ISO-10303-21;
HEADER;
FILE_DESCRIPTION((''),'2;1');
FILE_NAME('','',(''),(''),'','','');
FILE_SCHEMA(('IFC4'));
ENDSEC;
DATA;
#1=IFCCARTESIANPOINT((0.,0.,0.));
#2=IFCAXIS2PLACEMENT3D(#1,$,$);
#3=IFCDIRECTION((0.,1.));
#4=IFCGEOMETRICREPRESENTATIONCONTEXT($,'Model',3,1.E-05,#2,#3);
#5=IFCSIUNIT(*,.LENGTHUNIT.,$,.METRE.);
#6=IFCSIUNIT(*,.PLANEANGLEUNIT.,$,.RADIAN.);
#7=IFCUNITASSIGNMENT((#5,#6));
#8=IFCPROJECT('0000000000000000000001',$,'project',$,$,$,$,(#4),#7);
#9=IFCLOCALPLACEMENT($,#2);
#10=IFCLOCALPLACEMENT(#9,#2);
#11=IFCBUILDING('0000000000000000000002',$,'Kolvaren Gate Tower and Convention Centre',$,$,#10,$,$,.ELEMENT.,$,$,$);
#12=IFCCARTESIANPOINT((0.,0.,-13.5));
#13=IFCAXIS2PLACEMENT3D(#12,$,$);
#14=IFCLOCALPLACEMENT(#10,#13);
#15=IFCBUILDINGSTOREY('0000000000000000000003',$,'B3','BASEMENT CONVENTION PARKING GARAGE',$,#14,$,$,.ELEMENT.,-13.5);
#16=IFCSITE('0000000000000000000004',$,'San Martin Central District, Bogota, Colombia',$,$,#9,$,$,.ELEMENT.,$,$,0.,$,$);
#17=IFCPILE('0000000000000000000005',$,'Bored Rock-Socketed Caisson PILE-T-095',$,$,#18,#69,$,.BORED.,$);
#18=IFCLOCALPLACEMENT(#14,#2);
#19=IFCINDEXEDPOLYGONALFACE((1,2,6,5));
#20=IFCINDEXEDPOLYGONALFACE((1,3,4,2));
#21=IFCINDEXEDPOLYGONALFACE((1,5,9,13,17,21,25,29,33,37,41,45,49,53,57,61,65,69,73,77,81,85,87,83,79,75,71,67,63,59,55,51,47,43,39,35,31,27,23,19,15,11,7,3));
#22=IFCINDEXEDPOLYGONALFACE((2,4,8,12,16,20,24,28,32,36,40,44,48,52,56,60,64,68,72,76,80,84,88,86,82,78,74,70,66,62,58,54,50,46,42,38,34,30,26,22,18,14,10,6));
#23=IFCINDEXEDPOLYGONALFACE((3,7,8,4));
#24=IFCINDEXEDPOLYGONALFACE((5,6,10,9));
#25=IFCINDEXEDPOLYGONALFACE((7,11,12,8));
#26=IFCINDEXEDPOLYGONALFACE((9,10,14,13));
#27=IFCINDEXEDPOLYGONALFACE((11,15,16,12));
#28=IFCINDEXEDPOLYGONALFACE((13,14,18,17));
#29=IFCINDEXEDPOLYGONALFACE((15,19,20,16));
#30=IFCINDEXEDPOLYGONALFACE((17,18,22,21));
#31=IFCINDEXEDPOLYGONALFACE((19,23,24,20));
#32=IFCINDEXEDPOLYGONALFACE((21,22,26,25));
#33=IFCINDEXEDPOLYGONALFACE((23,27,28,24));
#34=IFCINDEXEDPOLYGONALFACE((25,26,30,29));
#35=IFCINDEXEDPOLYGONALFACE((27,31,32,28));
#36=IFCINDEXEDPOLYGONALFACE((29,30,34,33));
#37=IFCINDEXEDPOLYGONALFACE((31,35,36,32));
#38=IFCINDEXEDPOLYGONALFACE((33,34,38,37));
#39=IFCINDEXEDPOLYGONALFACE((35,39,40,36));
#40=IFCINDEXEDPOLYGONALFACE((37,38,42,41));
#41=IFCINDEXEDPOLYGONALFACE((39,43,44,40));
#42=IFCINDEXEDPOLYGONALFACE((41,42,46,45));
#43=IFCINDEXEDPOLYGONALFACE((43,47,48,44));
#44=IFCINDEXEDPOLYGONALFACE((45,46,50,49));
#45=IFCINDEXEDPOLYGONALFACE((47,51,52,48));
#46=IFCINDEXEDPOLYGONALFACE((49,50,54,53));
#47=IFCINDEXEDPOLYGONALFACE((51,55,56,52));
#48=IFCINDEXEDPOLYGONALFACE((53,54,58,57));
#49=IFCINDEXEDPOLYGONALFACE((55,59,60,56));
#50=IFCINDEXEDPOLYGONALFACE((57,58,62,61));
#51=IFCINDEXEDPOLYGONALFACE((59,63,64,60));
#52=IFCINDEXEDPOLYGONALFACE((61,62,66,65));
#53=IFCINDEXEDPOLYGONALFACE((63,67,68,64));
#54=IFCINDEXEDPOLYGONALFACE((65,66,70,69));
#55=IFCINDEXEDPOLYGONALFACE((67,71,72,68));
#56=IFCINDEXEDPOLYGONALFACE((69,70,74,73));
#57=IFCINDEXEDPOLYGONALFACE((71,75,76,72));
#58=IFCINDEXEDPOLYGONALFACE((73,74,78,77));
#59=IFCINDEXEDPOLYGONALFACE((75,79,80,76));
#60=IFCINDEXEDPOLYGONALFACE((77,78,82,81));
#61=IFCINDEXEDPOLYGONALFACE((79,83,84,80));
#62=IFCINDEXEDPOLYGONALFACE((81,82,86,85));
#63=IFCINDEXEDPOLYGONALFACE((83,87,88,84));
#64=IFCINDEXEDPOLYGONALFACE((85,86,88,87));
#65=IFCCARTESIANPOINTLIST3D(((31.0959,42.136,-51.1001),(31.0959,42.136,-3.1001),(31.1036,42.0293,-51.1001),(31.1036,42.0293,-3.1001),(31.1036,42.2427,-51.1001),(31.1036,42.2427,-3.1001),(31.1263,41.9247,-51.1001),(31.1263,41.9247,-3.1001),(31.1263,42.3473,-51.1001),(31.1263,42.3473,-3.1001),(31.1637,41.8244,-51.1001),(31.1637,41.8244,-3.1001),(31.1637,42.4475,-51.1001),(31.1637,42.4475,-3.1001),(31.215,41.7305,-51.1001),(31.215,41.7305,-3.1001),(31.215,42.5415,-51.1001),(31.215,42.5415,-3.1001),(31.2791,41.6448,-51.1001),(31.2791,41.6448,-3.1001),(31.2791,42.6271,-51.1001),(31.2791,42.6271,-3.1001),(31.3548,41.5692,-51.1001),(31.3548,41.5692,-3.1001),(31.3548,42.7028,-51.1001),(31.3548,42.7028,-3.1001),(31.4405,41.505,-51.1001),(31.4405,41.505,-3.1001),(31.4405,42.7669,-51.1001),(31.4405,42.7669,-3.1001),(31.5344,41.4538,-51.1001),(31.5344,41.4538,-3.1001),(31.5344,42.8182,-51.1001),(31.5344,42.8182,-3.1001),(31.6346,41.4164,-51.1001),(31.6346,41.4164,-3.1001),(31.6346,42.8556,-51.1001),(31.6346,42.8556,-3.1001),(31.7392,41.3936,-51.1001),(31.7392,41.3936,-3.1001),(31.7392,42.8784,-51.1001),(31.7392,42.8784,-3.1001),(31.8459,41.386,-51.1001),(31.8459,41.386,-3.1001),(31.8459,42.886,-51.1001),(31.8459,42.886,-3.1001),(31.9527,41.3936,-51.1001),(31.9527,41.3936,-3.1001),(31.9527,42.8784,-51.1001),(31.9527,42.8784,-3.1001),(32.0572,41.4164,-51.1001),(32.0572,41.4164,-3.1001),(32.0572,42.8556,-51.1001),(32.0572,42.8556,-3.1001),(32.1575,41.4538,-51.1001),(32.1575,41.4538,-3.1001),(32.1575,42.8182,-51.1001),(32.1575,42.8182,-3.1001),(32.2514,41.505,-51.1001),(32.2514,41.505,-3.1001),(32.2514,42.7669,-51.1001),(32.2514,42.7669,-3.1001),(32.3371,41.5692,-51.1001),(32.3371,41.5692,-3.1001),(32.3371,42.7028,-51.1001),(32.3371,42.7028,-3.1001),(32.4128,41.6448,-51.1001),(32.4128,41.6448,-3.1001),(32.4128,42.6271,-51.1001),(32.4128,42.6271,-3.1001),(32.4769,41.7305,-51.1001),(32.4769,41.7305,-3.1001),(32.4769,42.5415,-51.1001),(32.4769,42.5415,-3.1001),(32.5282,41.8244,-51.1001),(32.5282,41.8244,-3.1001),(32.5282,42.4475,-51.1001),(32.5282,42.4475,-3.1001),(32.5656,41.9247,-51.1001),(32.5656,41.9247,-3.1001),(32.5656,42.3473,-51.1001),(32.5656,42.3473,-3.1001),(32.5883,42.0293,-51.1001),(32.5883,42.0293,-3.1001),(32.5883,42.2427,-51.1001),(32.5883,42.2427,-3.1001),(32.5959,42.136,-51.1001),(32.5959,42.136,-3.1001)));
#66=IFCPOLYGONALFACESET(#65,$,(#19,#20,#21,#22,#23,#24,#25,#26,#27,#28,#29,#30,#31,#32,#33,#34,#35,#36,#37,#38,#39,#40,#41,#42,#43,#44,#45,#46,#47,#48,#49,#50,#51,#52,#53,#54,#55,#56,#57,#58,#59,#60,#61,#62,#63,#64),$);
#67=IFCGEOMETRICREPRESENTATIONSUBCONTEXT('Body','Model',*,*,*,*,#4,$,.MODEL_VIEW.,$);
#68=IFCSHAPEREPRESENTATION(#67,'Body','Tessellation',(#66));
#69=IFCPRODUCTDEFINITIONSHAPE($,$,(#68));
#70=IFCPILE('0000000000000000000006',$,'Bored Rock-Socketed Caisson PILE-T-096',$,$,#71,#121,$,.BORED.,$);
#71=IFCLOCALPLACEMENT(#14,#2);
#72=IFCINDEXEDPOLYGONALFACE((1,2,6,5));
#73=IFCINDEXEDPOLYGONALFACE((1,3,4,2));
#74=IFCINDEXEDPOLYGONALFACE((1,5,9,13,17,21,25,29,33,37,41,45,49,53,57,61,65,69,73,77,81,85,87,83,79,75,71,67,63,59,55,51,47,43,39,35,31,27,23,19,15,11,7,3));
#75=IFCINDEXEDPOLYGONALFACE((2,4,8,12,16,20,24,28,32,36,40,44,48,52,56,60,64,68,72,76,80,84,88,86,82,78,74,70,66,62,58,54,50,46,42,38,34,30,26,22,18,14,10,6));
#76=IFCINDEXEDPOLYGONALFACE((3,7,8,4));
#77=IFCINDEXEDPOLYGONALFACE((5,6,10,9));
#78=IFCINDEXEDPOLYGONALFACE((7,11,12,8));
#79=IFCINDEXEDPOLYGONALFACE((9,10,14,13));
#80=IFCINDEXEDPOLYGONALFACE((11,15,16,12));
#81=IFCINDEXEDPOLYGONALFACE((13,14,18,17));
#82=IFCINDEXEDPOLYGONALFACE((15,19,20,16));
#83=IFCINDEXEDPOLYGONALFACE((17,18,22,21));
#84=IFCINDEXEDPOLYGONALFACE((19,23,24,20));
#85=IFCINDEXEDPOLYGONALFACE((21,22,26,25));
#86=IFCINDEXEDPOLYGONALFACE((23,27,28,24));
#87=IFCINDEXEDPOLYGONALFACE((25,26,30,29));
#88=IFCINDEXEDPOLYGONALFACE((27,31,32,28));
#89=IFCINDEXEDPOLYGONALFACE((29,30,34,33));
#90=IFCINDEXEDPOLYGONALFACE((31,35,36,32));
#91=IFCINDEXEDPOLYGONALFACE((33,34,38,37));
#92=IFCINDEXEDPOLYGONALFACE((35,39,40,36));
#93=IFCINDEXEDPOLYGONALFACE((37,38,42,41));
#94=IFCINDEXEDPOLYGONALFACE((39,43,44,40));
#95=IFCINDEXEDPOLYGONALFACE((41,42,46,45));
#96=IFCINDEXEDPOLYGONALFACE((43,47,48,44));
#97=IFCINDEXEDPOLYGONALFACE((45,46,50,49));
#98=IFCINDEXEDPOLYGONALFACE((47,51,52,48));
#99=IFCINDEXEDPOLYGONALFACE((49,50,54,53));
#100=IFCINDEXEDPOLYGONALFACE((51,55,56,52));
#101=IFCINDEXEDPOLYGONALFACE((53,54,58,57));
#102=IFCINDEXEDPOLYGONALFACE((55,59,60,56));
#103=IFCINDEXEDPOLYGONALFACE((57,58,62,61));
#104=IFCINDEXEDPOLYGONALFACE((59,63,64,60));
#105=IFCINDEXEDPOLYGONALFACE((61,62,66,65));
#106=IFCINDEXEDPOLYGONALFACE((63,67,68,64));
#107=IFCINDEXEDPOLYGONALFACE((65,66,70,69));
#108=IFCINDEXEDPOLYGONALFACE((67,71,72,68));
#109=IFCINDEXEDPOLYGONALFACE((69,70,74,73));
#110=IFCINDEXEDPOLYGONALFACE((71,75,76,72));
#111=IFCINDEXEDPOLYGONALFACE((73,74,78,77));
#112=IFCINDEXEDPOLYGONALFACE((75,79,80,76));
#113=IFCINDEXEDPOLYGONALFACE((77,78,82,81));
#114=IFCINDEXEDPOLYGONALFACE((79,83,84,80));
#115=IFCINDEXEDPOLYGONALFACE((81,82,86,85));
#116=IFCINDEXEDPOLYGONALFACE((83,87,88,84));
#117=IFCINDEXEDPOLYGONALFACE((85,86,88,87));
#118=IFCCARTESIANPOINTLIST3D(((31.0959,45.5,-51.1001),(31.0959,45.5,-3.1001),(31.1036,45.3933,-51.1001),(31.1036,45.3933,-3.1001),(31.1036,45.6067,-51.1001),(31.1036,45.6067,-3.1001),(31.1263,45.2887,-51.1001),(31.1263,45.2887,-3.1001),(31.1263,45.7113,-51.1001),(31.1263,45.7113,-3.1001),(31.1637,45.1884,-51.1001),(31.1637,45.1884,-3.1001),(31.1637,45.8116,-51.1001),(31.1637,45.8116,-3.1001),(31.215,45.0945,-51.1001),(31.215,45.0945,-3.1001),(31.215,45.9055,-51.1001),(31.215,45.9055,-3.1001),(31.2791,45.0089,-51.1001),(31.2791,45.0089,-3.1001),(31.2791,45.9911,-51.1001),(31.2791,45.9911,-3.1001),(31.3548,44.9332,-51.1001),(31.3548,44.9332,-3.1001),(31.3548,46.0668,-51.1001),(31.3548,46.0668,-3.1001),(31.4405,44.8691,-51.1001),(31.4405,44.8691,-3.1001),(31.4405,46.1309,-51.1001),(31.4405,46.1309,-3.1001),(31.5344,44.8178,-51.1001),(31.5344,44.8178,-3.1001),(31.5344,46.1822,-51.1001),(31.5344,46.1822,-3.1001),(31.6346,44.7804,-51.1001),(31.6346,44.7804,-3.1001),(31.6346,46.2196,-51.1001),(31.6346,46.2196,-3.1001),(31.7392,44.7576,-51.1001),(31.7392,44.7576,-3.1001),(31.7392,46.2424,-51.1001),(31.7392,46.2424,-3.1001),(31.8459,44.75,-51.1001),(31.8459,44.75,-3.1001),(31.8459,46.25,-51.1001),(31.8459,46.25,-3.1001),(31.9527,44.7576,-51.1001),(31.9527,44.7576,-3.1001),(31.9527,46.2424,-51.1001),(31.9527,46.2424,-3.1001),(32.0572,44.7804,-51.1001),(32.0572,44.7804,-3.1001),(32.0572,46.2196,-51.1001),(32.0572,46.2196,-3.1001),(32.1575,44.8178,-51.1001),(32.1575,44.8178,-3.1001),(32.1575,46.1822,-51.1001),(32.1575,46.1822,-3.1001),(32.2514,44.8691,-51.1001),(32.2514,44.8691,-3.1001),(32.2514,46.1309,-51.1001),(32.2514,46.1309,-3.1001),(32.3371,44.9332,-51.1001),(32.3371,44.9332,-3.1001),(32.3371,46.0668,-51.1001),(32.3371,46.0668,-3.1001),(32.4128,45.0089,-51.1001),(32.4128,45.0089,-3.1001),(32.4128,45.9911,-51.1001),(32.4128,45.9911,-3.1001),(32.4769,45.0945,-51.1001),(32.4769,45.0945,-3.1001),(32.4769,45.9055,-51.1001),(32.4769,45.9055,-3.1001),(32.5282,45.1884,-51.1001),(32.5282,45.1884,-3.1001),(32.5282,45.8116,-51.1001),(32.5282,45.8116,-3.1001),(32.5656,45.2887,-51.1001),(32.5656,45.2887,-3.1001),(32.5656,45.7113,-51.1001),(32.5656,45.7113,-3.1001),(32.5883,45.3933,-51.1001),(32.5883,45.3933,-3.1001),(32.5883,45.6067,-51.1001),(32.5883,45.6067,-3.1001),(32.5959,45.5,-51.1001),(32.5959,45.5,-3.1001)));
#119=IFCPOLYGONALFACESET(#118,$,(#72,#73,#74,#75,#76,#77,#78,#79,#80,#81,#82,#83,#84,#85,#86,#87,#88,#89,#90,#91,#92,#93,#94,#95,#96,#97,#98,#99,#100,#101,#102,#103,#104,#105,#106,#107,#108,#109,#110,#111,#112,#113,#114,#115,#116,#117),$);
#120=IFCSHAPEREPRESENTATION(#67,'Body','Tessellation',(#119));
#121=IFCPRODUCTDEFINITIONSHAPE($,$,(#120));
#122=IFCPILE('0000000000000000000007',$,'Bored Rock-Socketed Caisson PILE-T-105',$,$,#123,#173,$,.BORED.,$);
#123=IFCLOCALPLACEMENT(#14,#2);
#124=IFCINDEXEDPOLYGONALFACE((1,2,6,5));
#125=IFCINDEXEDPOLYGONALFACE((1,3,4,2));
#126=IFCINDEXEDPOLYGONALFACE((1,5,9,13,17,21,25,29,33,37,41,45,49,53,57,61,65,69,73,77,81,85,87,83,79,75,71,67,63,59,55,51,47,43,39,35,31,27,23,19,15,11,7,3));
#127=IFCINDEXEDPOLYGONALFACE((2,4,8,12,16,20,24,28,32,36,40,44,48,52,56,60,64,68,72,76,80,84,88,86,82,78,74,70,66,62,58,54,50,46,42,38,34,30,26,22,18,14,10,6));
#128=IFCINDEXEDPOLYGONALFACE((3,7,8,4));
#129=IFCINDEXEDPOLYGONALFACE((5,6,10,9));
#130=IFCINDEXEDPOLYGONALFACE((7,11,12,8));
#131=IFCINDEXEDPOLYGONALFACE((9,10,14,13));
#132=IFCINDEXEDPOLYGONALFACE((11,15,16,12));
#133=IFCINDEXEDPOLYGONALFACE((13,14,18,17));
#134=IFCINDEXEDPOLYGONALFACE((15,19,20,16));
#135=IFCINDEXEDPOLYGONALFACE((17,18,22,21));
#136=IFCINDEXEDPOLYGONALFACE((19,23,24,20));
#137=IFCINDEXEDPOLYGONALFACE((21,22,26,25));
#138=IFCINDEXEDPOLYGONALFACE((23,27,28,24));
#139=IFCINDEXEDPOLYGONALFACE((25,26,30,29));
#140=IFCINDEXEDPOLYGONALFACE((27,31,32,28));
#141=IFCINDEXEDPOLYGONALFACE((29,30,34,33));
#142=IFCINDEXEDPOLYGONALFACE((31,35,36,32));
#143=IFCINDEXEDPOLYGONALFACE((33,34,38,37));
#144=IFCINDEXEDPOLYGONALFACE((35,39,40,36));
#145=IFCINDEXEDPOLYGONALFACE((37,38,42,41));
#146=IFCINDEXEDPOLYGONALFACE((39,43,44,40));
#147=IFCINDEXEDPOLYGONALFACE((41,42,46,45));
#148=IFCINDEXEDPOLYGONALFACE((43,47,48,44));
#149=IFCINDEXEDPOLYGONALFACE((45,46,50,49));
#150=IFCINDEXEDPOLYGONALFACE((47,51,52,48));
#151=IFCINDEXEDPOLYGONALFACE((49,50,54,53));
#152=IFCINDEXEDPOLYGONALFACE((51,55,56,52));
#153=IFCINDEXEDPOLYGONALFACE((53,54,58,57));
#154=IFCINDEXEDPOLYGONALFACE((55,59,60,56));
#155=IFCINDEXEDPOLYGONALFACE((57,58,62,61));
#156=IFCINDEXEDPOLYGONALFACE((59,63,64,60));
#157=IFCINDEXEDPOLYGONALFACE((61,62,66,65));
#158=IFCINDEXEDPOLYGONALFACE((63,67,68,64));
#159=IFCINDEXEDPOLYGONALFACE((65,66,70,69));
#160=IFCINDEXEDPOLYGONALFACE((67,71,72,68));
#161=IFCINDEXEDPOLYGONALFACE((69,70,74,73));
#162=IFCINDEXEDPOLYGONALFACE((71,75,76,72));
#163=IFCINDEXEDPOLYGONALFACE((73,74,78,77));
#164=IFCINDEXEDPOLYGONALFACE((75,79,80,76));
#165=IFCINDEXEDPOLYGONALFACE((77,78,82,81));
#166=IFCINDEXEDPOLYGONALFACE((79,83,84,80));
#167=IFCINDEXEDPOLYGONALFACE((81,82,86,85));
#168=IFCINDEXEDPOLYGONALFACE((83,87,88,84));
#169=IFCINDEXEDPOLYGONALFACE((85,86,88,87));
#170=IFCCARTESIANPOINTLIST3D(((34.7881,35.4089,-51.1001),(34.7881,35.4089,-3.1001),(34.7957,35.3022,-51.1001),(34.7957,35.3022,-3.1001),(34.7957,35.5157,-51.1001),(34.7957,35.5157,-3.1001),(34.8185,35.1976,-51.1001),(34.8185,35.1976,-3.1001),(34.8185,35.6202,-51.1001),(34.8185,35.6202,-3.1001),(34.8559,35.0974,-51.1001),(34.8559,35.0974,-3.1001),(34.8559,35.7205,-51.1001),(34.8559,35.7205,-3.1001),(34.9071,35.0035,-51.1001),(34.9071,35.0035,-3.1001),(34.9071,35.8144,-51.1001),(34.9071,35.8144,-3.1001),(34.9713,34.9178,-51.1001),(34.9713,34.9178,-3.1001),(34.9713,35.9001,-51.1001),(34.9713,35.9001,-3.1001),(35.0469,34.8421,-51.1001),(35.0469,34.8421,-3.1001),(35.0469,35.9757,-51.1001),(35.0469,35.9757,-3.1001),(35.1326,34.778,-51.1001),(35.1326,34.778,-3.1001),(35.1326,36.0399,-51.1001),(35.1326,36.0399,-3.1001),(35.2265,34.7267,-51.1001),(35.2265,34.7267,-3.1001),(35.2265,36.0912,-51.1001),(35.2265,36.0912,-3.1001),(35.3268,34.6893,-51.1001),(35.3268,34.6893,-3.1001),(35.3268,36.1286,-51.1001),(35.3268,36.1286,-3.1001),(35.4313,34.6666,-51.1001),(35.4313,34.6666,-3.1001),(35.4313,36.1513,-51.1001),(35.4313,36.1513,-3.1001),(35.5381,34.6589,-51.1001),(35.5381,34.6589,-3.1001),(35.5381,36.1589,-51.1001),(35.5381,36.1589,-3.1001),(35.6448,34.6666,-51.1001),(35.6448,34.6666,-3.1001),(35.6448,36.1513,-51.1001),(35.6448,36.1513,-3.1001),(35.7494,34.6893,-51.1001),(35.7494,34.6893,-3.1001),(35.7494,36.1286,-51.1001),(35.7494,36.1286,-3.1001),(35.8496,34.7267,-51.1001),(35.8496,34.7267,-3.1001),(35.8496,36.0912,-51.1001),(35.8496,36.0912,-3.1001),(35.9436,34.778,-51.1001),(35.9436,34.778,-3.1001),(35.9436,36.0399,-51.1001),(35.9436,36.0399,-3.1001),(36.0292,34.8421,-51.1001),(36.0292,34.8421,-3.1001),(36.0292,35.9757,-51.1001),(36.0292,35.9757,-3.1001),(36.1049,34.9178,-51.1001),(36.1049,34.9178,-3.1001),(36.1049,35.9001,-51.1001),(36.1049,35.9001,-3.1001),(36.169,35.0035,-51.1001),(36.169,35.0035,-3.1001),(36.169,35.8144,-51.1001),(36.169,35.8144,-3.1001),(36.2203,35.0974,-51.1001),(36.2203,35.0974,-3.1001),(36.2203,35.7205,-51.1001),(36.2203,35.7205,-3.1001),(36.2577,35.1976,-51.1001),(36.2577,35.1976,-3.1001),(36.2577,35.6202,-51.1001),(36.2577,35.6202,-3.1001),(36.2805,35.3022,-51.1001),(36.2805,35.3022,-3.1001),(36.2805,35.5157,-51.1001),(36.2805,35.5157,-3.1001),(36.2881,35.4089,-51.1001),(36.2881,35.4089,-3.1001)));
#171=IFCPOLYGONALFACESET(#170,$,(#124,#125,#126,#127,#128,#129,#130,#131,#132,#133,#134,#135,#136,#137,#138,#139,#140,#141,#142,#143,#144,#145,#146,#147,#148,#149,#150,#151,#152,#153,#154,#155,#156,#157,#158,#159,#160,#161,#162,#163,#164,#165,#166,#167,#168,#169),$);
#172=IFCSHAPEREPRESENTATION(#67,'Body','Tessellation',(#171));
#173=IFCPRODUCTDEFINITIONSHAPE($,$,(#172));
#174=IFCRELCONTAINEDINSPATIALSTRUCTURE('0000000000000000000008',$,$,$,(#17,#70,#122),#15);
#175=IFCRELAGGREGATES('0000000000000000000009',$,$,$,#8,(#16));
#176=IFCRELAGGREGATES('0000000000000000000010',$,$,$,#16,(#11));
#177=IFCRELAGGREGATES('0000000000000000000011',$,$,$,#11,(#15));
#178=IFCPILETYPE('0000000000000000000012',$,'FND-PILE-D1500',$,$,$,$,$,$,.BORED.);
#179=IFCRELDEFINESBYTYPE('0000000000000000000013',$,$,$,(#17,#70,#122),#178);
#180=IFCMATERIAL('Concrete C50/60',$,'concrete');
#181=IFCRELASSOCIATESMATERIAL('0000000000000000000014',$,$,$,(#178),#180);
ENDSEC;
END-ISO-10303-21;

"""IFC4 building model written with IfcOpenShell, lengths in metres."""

from ifc_helpers import new_model, si_unit, direction, frame, origin, origin_2d, place, context, subcontext, project, spatial, circle, extrude, material, material_profile, profile_set, type_object, element, save


model = new_model("IFC4")

# Units and contexts
model_context = context("Model", 3, precision=1e-05, world=origin(), true_north=direction((0.0, 1.0)))
body_context = subcontext(model_context, "Body", "Model", "MODEL_VIEW")
ifc_project = project(units=[si_unit("LENGTHUNIT", "METRE"), si_unit("PLANEANGLEUNIT", "RADIAN")], contexts=[model_context])

# Site, building, storey
site_placement = place(None, origin())
site = spatial("IfcSite", under=ifc_project, at=site_placement, Name="San Martin Central District, Bogota, Colombia", CompositionType="ELEMENT", RefElevation=0.0)
building_placement = place(site_placement, origin())
building = spatial("IfcBuilding", under=site, at=building_placement, Name="Kolvaren Gate Tower and Convention Centre", CompositionType="ELEMENT")
storey_placement = place(building_placement, frame((0.0, 0.0, -13.5)))
storey = spatial("IfcBuildingStorey", under=building, at=storey_placement, Name="B3", Description="BASEMENT CONVENTION PARKING GARAGE", CompositionType="ELEMENT", Elevation=-13.5)

# Shared definitions
ifc_material_1 = material(Name="Concrete C50/60", Category="concrete")

# Piles
ifc_material_profile_1 = material_profile(ifc_material_1, circle(Radius=0.75, at=origin_2d()), Name="CAISSON-D1500")
ifc_profile_set_1 = profile_set([ifc_material_profile_1], Name="Concrete C50/60")
pile_type = type_object("IfcPileType", Name="FND-PILE-D1500", PredefinedType="BORED", material=ifc_profile_set_1)
for number, where, z_axis, x_axis, name in (
    (1, (31.8459, 42.136, -3.1001), (0.0, 0.0, -1.0), (1.0, 0.0, 0.0), "Bored Rock-Socketed Caisson PILE-T-095"),
    (2, (31.8459, 45.5, -3.1001), (0.0, 0.0, -1.0), (1.0, 0.0, 0.0), "Bored Rock-Socketed Caisson PILE-T-096"),
    (3, (35.5381, 35.4089, -3.1001), (0.0, 0.0, -1.0), (1.0, 0.0, 0.0), "Bored Rock-Socketed Caisson PILE-T-105"),
):
    element("IfcPile", number, at=place(storey_placement, frame(where, z_axis=z_axis, x_axis=x_axis)), inside=storey, type_object=pile_type, Name=name, PredefinedType="BORED", context=body_context, shape_type="SweptSolid", body=[
        extrude(circle(Radius=0.75, at=origin_2d()), origin(), (0.0, 0.0, 1.0), 48.0),
    ])

save(model, "model.ifc")
